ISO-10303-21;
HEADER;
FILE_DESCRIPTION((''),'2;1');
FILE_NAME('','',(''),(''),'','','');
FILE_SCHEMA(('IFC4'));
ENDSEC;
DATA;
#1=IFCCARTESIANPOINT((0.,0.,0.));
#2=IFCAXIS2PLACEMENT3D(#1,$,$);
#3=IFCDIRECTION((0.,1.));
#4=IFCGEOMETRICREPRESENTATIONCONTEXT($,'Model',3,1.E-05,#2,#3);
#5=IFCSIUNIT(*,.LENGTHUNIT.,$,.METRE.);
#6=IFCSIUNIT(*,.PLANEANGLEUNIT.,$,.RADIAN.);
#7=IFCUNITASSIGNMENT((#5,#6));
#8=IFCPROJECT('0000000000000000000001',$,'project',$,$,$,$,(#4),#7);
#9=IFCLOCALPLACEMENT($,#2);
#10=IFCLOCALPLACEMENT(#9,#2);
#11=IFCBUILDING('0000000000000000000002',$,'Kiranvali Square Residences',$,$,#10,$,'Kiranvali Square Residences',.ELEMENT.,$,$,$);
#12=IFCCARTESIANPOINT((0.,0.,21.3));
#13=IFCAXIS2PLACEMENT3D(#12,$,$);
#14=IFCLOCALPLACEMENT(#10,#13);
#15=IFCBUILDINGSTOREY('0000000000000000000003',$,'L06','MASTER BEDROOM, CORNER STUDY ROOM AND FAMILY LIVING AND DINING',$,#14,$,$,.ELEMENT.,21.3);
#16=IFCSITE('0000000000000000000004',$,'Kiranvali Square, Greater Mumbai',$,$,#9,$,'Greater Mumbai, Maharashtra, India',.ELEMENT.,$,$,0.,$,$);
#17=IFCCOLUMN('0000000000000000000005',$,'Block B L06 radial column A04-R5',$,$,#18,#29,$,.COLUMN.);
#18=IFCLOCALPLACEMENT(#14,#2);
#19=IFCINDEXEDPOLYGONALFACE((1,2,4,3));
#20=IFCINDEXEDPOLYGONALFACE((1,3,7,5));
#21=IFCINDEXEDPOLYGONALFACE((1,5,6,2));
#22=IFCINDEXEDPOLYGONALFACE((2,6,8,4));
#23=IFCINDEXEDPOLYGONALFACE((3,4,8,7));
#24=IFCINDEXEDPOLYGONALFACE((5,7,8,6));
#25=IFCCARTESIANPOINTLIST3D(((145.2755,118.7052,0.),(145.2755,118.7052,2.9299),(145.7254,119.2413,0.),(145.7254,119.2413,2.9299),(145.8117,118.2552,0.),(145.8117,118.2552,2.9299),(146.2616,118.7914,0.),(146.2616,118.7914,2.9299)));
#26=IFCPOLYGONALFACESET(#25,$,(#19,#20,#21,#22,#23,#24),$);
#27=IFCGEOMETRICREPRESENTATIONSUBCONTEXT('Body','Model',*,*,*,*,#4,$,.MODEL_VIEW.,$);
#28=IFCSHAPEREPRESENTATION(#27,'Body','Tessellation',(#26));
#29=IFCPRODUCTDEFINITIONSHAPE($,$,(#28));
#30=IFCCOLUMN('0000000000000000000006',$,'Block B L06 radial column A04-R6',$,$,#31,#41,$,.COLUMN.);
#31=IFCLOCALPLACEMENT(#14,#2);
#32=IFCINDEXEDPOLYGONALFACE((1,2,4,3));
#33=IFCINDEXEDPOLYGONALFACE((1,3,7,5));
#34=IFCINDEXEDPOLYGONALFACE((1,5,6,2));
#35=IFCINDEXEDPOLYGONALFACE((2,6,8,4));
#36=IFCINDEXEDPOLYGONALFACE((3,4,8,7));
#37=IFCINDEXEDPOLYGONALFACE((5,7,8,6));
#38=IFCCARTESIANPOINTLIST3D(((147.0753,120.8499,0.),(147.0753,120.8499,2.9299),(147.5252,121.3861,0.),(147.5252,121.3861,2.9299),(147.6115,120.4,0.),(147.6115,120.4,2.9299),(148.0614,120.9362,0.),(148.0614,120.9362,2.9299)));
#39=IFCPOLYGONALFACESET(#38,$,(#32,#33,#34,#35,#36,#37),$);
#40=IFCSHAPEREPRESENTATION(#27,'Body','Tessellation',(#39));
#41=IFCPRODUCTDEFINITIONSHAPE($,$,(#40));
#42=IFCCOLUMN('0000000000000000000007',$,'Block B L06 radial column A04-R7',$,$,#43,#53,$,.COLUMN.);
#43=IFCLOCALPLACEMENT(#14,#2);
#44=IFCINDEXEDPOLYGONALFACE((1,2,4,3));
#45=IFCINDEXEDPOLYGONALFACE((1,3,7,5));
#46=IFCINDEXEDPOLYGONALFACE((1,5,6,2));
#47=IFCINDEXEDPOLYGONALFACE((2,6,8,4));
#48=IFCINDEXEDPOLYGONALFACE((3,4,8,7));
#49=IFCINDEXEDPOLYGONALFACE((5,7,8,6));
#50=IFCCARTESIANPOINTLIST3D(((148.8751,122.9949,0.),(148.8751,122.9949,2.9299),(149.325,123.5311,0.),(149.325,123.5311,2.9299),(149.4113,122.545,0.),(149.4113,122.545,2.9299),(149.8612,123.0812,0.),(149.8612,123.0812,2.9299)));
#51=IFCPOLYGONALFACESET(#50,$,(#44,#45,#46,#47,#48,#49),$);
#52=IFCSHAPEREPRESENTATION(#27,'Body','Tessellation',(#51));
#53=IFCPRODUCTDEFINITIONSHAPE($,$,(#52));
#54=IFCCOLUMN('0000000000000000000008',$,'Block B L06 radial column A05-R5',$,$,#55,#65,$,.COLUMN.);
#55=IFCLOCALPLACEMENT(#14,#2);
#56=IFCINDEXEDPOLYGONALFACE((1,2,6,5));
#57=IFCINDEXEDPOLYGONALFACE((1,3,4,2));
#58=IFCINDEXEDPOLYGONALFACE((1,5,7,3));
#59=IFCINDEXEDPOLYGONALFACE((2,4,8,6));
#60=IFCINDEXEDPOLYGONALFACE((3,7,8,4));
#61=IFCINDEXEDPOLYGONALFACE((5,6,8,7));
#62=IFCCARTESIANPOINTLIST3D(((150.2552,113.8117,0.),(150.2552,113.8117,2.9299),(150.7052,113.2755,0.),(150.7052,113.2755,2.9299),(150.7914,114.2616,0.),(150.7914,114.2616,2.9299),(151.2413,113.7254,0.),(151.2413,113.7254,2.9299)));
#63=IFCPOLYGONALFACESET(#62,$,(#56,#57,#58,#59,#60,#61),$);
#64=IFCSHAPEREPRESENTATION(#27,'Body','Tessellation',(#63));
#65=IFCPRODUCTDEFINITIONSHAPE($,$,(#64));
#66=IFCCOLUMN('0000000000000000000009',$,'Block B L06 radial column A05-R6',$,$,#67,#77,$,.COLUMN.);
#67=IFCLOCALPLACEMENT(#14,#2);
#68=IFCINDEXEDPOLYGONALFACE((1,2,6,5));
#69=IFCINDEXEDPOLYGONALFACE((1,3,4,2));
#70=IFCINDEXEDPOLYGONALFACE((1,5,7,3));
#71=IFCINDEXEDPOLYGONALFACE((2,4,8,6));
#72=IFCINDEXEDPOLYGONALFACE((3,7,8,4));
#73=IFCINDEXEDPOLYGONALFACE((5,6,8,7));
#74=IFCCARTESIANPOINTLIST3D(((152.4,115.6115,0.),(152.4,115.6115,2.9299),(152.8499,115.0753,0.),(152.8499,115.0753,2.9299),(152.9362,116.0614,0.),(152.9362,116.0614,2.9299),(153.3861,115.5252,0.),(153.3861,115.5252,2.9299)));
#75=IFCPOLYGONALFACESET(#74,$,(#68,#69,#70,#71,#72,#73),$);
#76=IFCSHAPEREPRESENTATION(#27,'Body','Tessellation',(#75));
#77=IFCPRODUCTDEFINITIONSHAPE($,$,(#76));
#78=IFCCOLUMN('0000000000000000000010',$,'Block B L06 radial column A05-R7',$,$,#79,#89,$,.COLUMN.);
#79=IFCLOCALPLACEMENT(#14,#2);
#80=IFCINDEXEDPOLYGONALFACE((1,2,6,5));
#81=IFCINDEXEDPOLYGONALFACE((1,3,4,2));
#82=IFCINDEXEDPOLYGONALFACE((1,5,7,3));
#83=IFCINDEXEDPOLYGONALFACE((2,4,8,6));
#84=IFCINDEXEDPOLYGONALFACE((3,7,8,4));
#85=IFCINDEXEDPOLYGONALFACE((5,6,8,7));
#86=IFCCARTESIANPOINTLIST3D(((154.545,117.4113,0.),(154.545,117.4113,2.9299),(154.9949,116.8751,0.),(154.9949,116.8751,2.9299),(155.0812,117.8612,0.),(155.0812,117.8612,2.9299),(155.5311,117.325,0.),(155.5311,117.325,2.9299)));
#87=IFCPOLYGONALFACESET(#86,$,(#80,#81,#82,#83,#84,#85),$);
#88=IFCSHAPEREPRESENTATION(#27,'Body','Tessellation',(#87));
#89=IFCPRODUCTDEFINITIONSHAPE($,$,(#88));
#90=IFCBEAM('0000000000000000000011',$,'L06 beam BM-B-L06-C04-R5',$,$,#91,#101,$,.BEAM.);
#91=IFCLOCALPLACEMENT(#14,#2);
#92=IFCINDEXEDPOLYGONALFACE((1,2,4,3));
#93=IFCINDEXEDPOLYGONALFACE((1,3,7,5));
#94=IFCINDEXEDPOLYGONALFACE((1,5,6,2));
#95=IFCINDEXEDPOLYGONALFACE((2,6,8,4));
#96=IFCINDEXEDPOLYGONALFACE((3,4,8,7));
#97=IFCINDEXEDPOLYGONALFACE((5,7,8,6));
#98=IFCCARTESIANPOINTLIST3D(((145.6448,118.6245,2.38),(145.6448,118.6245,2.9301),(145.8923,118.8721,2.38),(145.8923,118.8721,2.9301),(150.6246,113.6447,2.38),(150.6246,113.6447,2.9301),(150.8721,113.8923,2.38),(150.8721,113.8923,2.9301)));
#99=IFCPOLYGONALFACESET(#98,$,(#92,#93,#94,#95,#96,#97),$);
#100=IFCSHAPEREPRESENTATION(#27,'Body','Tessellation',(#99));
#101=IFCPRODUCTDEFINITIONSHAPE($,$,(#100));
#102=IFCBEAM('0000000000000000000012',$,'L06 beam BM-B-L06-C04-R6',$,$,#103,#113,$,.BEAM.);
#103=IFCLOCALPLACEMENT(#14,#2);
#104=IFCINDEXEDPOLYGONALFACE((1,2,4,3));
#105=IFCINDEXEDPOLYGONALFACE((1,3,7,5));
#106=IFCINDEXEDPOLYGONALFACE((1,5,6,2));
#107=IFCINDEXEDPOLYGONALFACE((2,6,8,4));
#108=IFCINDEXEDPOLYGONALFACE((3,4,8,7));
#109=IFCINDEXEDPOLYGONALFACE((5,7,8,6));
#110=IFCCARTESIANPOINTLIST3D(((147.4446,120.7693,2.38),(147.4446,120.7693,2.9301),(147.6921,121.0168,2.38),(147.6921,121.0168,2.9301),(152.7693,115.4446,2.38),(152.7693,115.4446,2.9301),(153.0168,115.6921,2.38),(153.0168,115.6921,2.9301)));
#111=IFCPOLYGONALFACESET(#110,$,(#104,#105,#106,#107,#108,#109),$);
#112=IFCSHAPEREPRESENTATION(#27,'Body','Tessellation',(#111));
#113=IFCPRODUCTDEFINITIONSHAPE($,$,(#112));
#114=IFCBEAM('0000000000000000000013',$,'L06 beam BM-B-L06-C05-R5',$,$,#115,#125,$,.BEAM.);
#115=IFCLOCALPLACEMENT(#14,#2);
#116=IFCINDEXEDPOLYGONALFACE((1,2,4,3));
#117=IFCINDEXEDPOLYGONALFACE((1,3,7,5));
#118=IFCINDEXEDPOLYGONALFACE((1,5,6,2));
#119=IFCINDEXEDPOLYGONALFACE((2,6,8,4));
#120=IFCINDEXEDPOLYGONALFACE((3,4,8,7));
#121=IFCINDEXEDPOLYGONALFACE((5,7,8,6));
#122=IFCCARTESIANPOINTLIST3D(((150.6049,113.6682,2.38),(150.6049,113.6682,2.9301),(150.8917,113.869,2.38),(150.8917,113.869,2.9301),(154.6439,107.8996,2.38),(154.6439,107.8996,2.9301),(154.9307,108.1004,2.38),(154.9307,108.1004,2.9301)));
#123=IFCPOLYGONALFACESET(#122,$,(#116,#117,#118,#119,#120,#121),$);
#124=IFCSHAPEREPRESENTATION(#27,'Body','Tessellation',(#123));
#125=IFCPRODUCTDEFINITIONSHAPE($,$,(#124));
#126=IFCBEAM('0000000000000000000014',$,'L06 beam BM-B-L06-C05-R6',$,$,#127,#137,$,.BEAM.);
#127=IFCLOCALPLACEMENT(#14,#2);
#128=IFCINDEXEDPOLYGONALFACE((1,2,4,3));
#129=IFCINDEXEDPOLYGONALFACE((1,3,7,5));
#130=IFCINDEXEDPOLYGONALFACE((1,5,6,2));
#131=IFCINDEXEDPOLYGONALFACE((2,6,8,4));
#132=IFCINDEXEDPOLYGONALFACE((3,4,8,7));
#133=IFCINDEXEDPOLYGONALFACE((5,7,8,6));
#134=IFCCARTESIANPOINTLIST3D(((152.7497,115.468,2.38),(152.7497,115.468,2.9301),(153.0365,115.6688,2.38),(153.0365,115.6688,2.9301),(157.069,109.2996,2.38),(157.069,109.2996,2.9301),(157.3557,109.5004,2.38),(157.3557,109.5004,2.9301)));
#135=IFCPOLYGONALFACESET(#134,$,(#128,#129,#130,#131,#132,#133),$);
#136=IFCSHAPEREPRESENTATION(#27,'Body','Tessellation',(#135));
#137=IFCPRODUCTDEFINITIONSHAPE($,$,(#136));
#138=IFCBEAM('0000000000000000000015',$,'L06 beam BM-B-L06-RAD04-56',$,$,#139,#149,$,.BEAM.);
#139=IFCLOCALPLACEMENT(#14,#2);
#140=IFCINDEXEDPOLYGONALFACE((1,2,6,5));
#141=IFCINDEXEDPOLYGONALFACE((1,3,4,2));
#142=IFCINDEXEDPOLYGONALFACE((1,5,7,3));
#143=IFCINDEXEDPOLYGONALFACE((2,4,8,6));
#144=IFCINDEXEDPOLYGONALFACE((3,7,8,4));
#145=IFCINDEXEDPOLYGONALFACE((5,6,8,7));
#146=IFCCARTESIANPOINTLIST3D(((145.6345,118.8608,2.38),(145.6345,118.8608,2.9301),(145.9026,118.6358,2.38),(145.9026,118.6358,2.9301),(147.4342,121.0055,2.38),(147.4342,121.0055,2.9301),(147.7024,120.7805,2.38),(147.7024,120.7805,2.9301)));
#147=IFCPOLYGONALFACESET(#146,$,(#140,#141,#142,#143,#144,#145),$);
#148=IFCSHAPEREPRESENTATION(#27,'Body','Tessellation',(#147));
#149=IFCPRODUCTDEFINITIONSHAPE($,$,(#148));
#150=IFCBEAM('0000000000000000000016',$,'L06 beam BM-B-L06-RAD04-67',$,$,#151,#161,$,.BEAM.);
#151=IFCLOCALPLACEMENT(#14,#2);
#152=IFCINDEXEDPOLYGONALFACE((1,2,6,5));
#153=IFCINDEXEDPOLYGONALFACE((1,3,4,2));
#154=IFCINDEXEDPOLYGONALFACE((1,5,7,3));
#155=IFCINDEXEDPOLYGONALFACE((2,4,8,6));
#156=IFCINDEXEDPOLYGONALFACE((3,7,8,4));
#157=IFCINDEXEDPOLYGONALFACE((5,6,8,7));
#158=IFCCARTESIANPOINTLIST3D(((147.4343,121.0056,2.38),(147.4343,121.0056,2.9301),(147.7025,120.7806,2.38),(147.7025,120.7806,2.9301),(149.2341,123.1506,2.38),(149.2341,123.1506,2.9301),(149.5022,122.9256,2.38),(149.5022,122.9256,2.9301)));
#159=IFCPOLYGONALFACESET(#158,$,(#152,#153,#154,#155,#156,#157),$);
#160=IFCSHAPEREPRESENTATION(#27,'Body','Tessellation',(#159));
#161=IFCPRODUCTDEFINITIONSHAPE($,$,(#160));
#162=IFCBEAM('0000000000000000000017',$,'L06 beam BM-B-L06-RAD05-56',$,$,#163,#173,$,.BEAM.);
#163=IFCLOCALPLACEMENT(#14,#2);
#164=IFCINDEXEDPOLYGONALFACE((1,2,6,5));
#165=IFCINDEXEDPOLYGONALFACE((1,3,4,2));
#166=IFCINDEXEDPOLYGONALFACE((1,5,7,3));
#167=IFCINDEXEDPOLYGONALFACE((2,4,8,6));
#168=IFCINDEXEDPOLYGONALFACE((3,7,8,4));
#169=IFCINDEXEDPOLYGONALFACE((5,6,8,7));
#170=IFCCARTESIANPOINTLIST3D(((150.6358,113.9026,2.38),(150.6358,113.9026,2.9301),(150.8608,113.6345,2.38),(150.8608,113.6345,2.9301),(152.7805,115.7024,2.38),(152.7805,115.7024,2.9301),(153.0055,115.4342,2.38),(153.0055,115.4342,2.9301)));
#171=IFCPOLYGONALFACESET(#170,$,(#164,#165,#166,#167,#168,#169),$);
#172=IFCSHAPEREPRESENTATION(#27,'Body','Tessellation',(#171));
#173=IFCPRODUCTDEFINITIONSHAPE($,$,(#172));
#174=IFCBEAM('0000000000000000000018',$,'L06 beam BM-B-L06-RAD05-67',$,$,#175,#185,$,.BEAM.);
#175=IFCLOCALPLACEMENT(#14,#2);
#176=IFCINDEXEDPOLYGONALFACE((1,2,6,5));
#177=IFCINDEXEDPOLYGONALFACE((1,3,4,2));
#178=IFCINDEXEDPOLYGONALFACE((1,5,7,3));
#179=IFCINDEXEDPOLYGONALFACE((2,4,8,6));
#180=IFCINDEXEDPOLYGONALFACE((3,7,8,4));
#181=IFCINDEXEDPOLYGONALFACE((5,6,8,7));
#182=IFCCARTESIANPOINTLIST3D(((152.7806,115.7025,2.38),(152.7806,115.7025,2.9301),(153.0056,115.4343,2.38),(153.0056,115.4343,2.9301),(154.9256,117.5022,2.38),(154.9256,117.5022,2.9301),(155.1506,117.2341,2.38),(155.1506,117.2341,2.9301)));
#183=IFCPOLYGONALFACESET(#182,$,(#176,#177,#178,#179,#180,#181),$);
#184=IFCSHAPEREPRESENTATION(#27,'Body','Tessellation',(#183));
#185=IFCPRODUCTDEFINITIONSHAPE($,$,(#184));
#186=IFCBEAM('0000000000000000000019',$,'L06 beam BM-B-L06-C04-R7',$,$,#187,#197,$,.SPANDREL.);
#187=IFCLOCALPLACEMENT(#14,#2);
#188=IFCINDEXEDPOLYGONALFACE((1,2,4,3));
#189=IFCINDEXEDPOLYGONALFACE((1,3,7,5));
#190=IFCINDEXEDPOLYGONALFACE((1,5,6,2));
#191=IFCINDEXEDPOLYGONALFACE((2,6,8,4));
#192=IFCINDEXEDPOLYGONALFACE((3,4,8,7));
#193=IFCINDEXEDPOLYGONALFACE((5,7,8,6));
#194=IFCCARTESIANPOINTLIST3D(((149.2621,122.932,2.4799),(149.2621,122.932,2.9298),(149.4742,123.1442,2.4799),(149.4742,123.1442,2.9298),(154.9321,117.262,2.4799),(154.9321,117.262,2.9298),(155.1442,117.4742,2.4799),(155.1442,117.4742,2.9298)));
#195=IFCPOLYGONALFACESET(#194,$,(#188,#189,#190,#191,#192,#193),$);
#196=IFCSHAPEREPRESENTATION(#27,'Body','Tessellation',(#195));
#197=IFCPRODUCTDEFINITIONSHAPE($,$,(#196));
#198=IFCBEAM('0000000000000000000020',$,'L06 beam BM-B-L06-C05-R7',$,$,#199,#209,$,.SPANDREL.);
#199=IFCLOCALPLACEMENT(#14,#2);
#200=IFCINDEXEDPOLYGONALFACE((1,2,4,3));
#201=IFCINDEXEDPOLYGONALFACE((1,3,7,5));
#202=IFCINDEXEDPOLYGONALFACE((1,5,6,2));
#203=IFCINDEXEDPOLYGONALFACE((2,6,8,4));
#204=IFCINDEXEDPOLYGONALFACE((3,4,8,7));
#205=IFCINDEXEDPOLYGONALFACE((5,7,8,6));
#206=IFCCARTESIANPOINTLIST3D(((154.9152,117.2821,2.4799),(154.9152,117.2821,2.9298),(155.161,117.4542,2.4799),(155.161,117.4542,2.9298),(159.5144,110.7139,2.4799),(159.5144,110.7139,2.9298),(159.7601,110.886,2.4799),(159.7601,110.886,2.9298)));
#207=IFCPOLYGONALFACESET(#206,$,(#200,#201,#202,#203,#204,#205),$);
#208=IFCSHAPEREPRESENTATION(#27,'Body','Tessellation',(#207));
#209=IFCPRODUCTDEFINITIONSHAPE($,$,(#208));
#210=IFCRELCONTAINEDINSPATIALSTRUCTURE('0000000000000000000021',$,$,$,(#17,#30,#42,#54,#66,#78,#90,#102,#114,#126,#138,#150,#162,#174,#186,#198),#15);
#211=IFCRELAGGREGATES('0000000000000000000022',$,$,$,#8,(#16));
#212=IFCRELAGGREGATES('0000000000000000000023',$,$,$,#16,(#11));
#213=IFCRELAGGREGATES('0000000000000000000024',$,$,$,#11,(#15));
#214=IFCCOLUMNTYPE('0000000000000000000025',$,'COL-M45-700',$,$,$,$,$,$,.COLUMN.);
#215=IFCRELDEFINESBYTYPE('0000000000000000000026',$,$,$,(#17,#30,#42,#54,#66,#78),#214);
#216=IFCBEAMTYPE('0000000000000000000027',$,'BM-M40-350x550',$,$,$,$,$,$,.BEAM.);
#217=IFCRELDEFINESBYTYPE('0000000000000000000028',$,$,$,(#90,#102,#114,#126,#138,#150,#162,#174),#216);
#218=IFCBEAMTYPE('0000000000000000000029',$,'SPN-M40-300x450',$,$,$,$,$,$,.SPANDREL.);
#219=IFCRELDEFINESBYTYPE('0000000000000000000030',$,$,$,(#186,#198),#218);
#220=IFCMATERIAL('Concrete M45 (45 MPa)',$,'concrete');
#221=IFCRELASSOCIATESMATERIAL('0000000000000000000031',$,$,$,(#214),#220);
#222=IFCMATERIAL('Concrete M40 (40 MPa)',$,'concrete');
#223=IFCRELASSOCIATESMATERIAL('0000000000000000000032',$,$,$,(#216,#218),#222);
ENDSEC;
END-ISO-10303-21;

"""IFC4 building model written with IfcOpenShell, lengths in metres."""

from ifc_helpers import new_model, si_unit, direction, frame, origin, origin_2d, place, context, subcontext, project, spatial, rectangle, extrude, material, material_profile, profile_set, type_object, element, save


model = new_model("IFC4")

# Units and contexts
model_context = context("Model", 3, precision=1e-05, world=origin(), true_north=direction((0.0, 1.0)))
body_context = subcontext(model_context, "Body", "Model", "MODEL_VIEW")
ifc_project = project(units=[si_unit("LENGTHUNIT", "METRE"), si_unit("PLANEANGLEUNIT", "RADIAN")], contexts=[model_context])

# Site, building, storey
site_placement = place(None, origin())
site = spatial("IfcSite", under=ifc_project, at=site_placement, Name="Kiranvali Square, Greater Mumbai", LongName="Greater Mumbai, Maharashtra, India", CompositionType="ELEMENT", RefElevation=0.0)
building_placement = place(site_placement, origin())
building = spatial("IfcBuilding", under=site, at=building_placement, Name="Kiranvali Square Residences", LongName="Kiranvali Square Residences", CompositionType="ELEMENT")
storey_placement = place(building_placement, frame((0.0, 0.0, 21.3)))
storey = spatial("IfcBuildingStorey", under=building, at=storey_placement, Name="L06", Description="MASTER BEDROOM, CORNER STUDY ROOM AND FAMILY LIVING AND DINING", CompositionType="ELEMENT", Elevation=21.3)

# Columns
ifc_material_1 = material(Name="Concrete M45 (45 MPa)", Category="concrete")
ifc_material_profile_1 = material_profile(ifc_material_1, rectangle(XDim=0.7, YDim=0.7, at=origin_2d()), Name="RC 700x700")
ifc_profile_set_1 = profile_set([ifc_material_profile_1], Name="Concrete M45 (45 MPa)")
column_type = type_object("IfcColumnType", Name="COL-M45-700", PredefinedType="COLUMN", material=ifc_profile_set_1)
for number, where, z_axis, x_axis, name in (
    (1, (145.7686, 118.7483, 0.0), (0.0, 0.0, 1.0), (-0.766044, 0.642788, 0.0), "Block B L06 radial column A04-R5"),
    (2, (147.5684, 120.8931, 0.0), (0.0, 0.0, 1.0), (-0.766044, 0.642788, 0.0), "Block B L06 radial column A04-R6"),
    (3, (149.3682, 123.0381, 0.0), (0.0, 0.0, 1.0), (-0.766044, 0.642788, 0.0), "Block B L06 radial column A04-R7"),
    (4, (150.7483, 113.7686, 0.0), (0.0, 0.0, 1.0), (-0.642788, 0.766044, 0.0), "Block B L06 radial column A05-R5"),
    (5, (152.8931, 115.5684, 0.0), (0.0, 0.0, 1.0), (-0.642788, 0.766044, 0.0), "Block B L06 radial column A05-R6"),
    (6, (155.0381, 117.3682, 0.0), (0.0, 0.0, 1.0), (-0.642788, 0.766044, 0.0), "Block B L06 radial column A05-R7"),
):
    element("IfcColumn", number, at=place(storey_placement, frame(where, z_axis=z_axis, x_axis=x_axis)), inside=storey, type_object=column_type, Name=name, PredefinedType="COLUMN", context=body_context, shape_type="SweptSolid", body=[
        extrude(rectangle(XDim=0.7, YDim=0.7, at=origin_2d()), origin(), (0.0, 0.0, 1.0), 2.9299),
    ])

# Beams
ifc_material_2 = material(Name="Concrete M40 (40 MPa)", Category="concrete")
ifc_material_profile_2 = material_profile(ifc_material_2, rectangle(XDim=0.3501, YDim=0.55, at=origin_2d()), Name="RC 350x550")
ifc_profile_set_2 = profile_set([ifc_material_profile_2], Name="Concrete M40 (40 MPa)")
beam_type_1 = type_object("IfcBeamType", Name="BM-M40-350x550", PredefinedType="BEAM", material=ifc_profile_set_2)
beam_1_placement = place(storey_placement, frame((145.7686, 118.7483, 2.655), z_axis=(0.707107, -0.707107, 0.0), x_axis=(0.707107, 0.707107, 0.0)))
element("IfcBeam", 7, at=beam_1_placement, inside=storey, type_object=beam_type_1, Name="L06 beam BM-B-L06-C04-R5", PredefinedType="BEAM", context=body_context, shape_type="SweptSolid", body=[
    extrude(rectangle(XDim=0.3501, YDim=0.55, at=origin_2d()), origin(), (0.0, 0.0, 1.0), 7.0425),
])
beam_2_placement = place(storey_placement, frame((147.5684, 120.8931, 2.655), z_axis=(0.707107, -0.707107, 0.0), x_axis=(0.707107, 0.707107, 0.0)))
element("IfcBeam", 8, at=beam_2_placement, inside=storey, type_object=beam_type_1, Name="L06 beam BM-B-L06-C04-R6", PredefinedType="BEAM", context=body_context, shape_type="SweptSolid", body=[
    extrude(rectangle(XDim=0.3501, YDim=0.55, at=origin_2d()), origin(), (0.0, 0.0, 1.0), 7.5303),
])
beam_3_placement = place(storey_placement, frame((150.7483, 113.7686, 2.655), z_axis=(0.573565, -0.81916, 0.0), x_axis=(0.81916, 0.573565, 0.0)))
element("IfcBeam", 9, at=beam_3_placement, inside=storey, type_object=beam_type_1, Name="L06 beam BM-B-L06-C05-R5", PredefinedType="BEAM", context=body_context, shape_type="SweptSolid", body=[
    extrude(rectangle(XDim=0.3501, YDim=0.55, at=origin_2d()), origin(), (0.0, 0.0, 1.0), 7.042),
])
beam_4_placement = place(storey_placement, frame((152.8931, 115.5684, 2.655), z_axis=(0.573589, -0.819144, 0.0), x_axis=(0.819144, 0.573589, 0.0)))
element("IfcBeam", 10, at=beam_4_placement, inside=storey, type_object=beam_type_1, Name="L06 beam BM-B-L06-C05-R6", PredefinedType="BEAM", context=body_context, shape_type="SweptSolid", body=[
    extrude(rectangle(XDim=0.3501, YDim=0.55, at=origin_2d()), origin(), (0.0, 0.0, 1.0), 7.5303),
])
beam_5_placement = place(storey_placement, frame((145.7686, 118.7483, 2.655), z_axis=(0.642814, 0.766023, 0.0), x_axis=(-0.766023, 0.642814, 0.0)))
element("IfcBeam", 11, at=beam_5_placement, inside=storey, type_object=beam_type_1, Name="L06 beam BM-B-L06-RAD04-56", PredefinedType="BEAM", context=body_context, shape_type="SweptSolid", body=[
    extrude(rectangle(XDim=0.3501, YDim=0.55, at=origin_2d()), origin(), (0.0, 0.0, 1.0), 2.7998),
])
beam_6_placement = place(storey_placement, frame((147.5684, 120.8931, 2.655), z_axis=(0.642771, 0.766059, 0.0), x_axis=(-0.766059, 0.642771, 0.0)))
element("IfcBeam", 12, at=beam_6_placement, inside=storey, type_object=beam_type_1, Name="L06 beam BM-B-L06-RAD04-67", PredefinedType="BEAM", context=body_context, shape_type="SweptSolid", body=[
    extrude(rectangle(XDim=0.3501, YDim=0.55, at=origin_2d()), origin(), (0.0, 0.0, 1.0), 2.8),
])
beam_7_placement = place(storey_placement, frame((150.7483, 113.7686, 2.655), z_axis=(0.766023, 0.642814, 0.0), x_axis=(-0.642814, 0.766023, 0.0)))
element("IfcBeam", 13, at=beam_7_placement, inside=storey, type_object=beam_type_1, Name="L06 beam BM-B-L06-RAD05-56", PredefinedType="BEAM", context=body_context, shape_type="SweptSolid", body=[
    extrude(rectangle(XDim=0.3501, YDim=0.55, at=origin_2d()), origin(), (0.0, 0.0, 1.0), 2.7998),
])
beam_8_placement = place(storey_placement, frame((152.8931, 115.5684, 2.655), z_axis=(0.766059, 0.642771, 0.0), x_axis=(-0.642771, 0.766059, 0.0)))
element("IfcBeam", 14, at=beam_8_placement, inside=storey, type_object=beam_type_1, Name="L06 beam BM-B-L06-RAD05-67", PredefinedType="BEAM", context=body_context, shape_type="SweptSolid", body=[
    extrude(rectangle(XDim=0.3501, YDim=0.55, at=origin_2d()), origin(), (0.0, 0.0, 1.0), 2.8),
])
ifc_material_profile_3 = material_profile(ifc_material_2, rectangle(XDim=0.3, YDim=0.45, at=origin_2d()), Name="RC 300x450")
ifc_profile_set_3 = profile_set([ifc_material_profile_3], Name="Concrete M40 (40 MPa)")
beam_type_2 = type_object("IfcBeamType", Name="SPN-M40-300x450", PredefinedType="SPANDREL", material=ifc_profile_set_3)
beam_9_placement = place(storey_placement, frame((149.3682, 123.0381, 2.7048), z_axis=(0.707107, -0.707107, 0.0), x_axis=(0.707107, 0.707107, 0.0)))
element("IfcBeam", 15, at=beam_9_placement, inside=storey, type_object=beam_type_2, Name="L06 beam BM-B-L06-C04-R7", PredefinedType="SPANDREL", context=body_context, shape_type="SweptSolid", body=[
    extrude(rectangle(XDim=0.3, YDim=0.45, at=origin_2d()), origin(), (0.0, 0.0, 1.0), 8.0186),
])
beam_10_placement = place(storey_placement, frame((155.0381, 117.3682, 2.7048), z_axis=(0.573583, -0.819148, 0.0), x_axis=(0.819148, 0.573583, 0.0)))
element("IfcBeam", 16, at=beam_10_placement, inside=storey, type_object=beam_type_2, Name="L06 beam BM-B-L06-C05-R7", PredefinedType="SPANDREL", context=body_context, shape_type="SweptSolid", body=[
    extrude(rectangle(XDim=0.3, YDim=0.45, at=origin_2d()), origin(), (0.0, 0.0, 1.0), 8.0183),
])

save(model, "model.ifc")
